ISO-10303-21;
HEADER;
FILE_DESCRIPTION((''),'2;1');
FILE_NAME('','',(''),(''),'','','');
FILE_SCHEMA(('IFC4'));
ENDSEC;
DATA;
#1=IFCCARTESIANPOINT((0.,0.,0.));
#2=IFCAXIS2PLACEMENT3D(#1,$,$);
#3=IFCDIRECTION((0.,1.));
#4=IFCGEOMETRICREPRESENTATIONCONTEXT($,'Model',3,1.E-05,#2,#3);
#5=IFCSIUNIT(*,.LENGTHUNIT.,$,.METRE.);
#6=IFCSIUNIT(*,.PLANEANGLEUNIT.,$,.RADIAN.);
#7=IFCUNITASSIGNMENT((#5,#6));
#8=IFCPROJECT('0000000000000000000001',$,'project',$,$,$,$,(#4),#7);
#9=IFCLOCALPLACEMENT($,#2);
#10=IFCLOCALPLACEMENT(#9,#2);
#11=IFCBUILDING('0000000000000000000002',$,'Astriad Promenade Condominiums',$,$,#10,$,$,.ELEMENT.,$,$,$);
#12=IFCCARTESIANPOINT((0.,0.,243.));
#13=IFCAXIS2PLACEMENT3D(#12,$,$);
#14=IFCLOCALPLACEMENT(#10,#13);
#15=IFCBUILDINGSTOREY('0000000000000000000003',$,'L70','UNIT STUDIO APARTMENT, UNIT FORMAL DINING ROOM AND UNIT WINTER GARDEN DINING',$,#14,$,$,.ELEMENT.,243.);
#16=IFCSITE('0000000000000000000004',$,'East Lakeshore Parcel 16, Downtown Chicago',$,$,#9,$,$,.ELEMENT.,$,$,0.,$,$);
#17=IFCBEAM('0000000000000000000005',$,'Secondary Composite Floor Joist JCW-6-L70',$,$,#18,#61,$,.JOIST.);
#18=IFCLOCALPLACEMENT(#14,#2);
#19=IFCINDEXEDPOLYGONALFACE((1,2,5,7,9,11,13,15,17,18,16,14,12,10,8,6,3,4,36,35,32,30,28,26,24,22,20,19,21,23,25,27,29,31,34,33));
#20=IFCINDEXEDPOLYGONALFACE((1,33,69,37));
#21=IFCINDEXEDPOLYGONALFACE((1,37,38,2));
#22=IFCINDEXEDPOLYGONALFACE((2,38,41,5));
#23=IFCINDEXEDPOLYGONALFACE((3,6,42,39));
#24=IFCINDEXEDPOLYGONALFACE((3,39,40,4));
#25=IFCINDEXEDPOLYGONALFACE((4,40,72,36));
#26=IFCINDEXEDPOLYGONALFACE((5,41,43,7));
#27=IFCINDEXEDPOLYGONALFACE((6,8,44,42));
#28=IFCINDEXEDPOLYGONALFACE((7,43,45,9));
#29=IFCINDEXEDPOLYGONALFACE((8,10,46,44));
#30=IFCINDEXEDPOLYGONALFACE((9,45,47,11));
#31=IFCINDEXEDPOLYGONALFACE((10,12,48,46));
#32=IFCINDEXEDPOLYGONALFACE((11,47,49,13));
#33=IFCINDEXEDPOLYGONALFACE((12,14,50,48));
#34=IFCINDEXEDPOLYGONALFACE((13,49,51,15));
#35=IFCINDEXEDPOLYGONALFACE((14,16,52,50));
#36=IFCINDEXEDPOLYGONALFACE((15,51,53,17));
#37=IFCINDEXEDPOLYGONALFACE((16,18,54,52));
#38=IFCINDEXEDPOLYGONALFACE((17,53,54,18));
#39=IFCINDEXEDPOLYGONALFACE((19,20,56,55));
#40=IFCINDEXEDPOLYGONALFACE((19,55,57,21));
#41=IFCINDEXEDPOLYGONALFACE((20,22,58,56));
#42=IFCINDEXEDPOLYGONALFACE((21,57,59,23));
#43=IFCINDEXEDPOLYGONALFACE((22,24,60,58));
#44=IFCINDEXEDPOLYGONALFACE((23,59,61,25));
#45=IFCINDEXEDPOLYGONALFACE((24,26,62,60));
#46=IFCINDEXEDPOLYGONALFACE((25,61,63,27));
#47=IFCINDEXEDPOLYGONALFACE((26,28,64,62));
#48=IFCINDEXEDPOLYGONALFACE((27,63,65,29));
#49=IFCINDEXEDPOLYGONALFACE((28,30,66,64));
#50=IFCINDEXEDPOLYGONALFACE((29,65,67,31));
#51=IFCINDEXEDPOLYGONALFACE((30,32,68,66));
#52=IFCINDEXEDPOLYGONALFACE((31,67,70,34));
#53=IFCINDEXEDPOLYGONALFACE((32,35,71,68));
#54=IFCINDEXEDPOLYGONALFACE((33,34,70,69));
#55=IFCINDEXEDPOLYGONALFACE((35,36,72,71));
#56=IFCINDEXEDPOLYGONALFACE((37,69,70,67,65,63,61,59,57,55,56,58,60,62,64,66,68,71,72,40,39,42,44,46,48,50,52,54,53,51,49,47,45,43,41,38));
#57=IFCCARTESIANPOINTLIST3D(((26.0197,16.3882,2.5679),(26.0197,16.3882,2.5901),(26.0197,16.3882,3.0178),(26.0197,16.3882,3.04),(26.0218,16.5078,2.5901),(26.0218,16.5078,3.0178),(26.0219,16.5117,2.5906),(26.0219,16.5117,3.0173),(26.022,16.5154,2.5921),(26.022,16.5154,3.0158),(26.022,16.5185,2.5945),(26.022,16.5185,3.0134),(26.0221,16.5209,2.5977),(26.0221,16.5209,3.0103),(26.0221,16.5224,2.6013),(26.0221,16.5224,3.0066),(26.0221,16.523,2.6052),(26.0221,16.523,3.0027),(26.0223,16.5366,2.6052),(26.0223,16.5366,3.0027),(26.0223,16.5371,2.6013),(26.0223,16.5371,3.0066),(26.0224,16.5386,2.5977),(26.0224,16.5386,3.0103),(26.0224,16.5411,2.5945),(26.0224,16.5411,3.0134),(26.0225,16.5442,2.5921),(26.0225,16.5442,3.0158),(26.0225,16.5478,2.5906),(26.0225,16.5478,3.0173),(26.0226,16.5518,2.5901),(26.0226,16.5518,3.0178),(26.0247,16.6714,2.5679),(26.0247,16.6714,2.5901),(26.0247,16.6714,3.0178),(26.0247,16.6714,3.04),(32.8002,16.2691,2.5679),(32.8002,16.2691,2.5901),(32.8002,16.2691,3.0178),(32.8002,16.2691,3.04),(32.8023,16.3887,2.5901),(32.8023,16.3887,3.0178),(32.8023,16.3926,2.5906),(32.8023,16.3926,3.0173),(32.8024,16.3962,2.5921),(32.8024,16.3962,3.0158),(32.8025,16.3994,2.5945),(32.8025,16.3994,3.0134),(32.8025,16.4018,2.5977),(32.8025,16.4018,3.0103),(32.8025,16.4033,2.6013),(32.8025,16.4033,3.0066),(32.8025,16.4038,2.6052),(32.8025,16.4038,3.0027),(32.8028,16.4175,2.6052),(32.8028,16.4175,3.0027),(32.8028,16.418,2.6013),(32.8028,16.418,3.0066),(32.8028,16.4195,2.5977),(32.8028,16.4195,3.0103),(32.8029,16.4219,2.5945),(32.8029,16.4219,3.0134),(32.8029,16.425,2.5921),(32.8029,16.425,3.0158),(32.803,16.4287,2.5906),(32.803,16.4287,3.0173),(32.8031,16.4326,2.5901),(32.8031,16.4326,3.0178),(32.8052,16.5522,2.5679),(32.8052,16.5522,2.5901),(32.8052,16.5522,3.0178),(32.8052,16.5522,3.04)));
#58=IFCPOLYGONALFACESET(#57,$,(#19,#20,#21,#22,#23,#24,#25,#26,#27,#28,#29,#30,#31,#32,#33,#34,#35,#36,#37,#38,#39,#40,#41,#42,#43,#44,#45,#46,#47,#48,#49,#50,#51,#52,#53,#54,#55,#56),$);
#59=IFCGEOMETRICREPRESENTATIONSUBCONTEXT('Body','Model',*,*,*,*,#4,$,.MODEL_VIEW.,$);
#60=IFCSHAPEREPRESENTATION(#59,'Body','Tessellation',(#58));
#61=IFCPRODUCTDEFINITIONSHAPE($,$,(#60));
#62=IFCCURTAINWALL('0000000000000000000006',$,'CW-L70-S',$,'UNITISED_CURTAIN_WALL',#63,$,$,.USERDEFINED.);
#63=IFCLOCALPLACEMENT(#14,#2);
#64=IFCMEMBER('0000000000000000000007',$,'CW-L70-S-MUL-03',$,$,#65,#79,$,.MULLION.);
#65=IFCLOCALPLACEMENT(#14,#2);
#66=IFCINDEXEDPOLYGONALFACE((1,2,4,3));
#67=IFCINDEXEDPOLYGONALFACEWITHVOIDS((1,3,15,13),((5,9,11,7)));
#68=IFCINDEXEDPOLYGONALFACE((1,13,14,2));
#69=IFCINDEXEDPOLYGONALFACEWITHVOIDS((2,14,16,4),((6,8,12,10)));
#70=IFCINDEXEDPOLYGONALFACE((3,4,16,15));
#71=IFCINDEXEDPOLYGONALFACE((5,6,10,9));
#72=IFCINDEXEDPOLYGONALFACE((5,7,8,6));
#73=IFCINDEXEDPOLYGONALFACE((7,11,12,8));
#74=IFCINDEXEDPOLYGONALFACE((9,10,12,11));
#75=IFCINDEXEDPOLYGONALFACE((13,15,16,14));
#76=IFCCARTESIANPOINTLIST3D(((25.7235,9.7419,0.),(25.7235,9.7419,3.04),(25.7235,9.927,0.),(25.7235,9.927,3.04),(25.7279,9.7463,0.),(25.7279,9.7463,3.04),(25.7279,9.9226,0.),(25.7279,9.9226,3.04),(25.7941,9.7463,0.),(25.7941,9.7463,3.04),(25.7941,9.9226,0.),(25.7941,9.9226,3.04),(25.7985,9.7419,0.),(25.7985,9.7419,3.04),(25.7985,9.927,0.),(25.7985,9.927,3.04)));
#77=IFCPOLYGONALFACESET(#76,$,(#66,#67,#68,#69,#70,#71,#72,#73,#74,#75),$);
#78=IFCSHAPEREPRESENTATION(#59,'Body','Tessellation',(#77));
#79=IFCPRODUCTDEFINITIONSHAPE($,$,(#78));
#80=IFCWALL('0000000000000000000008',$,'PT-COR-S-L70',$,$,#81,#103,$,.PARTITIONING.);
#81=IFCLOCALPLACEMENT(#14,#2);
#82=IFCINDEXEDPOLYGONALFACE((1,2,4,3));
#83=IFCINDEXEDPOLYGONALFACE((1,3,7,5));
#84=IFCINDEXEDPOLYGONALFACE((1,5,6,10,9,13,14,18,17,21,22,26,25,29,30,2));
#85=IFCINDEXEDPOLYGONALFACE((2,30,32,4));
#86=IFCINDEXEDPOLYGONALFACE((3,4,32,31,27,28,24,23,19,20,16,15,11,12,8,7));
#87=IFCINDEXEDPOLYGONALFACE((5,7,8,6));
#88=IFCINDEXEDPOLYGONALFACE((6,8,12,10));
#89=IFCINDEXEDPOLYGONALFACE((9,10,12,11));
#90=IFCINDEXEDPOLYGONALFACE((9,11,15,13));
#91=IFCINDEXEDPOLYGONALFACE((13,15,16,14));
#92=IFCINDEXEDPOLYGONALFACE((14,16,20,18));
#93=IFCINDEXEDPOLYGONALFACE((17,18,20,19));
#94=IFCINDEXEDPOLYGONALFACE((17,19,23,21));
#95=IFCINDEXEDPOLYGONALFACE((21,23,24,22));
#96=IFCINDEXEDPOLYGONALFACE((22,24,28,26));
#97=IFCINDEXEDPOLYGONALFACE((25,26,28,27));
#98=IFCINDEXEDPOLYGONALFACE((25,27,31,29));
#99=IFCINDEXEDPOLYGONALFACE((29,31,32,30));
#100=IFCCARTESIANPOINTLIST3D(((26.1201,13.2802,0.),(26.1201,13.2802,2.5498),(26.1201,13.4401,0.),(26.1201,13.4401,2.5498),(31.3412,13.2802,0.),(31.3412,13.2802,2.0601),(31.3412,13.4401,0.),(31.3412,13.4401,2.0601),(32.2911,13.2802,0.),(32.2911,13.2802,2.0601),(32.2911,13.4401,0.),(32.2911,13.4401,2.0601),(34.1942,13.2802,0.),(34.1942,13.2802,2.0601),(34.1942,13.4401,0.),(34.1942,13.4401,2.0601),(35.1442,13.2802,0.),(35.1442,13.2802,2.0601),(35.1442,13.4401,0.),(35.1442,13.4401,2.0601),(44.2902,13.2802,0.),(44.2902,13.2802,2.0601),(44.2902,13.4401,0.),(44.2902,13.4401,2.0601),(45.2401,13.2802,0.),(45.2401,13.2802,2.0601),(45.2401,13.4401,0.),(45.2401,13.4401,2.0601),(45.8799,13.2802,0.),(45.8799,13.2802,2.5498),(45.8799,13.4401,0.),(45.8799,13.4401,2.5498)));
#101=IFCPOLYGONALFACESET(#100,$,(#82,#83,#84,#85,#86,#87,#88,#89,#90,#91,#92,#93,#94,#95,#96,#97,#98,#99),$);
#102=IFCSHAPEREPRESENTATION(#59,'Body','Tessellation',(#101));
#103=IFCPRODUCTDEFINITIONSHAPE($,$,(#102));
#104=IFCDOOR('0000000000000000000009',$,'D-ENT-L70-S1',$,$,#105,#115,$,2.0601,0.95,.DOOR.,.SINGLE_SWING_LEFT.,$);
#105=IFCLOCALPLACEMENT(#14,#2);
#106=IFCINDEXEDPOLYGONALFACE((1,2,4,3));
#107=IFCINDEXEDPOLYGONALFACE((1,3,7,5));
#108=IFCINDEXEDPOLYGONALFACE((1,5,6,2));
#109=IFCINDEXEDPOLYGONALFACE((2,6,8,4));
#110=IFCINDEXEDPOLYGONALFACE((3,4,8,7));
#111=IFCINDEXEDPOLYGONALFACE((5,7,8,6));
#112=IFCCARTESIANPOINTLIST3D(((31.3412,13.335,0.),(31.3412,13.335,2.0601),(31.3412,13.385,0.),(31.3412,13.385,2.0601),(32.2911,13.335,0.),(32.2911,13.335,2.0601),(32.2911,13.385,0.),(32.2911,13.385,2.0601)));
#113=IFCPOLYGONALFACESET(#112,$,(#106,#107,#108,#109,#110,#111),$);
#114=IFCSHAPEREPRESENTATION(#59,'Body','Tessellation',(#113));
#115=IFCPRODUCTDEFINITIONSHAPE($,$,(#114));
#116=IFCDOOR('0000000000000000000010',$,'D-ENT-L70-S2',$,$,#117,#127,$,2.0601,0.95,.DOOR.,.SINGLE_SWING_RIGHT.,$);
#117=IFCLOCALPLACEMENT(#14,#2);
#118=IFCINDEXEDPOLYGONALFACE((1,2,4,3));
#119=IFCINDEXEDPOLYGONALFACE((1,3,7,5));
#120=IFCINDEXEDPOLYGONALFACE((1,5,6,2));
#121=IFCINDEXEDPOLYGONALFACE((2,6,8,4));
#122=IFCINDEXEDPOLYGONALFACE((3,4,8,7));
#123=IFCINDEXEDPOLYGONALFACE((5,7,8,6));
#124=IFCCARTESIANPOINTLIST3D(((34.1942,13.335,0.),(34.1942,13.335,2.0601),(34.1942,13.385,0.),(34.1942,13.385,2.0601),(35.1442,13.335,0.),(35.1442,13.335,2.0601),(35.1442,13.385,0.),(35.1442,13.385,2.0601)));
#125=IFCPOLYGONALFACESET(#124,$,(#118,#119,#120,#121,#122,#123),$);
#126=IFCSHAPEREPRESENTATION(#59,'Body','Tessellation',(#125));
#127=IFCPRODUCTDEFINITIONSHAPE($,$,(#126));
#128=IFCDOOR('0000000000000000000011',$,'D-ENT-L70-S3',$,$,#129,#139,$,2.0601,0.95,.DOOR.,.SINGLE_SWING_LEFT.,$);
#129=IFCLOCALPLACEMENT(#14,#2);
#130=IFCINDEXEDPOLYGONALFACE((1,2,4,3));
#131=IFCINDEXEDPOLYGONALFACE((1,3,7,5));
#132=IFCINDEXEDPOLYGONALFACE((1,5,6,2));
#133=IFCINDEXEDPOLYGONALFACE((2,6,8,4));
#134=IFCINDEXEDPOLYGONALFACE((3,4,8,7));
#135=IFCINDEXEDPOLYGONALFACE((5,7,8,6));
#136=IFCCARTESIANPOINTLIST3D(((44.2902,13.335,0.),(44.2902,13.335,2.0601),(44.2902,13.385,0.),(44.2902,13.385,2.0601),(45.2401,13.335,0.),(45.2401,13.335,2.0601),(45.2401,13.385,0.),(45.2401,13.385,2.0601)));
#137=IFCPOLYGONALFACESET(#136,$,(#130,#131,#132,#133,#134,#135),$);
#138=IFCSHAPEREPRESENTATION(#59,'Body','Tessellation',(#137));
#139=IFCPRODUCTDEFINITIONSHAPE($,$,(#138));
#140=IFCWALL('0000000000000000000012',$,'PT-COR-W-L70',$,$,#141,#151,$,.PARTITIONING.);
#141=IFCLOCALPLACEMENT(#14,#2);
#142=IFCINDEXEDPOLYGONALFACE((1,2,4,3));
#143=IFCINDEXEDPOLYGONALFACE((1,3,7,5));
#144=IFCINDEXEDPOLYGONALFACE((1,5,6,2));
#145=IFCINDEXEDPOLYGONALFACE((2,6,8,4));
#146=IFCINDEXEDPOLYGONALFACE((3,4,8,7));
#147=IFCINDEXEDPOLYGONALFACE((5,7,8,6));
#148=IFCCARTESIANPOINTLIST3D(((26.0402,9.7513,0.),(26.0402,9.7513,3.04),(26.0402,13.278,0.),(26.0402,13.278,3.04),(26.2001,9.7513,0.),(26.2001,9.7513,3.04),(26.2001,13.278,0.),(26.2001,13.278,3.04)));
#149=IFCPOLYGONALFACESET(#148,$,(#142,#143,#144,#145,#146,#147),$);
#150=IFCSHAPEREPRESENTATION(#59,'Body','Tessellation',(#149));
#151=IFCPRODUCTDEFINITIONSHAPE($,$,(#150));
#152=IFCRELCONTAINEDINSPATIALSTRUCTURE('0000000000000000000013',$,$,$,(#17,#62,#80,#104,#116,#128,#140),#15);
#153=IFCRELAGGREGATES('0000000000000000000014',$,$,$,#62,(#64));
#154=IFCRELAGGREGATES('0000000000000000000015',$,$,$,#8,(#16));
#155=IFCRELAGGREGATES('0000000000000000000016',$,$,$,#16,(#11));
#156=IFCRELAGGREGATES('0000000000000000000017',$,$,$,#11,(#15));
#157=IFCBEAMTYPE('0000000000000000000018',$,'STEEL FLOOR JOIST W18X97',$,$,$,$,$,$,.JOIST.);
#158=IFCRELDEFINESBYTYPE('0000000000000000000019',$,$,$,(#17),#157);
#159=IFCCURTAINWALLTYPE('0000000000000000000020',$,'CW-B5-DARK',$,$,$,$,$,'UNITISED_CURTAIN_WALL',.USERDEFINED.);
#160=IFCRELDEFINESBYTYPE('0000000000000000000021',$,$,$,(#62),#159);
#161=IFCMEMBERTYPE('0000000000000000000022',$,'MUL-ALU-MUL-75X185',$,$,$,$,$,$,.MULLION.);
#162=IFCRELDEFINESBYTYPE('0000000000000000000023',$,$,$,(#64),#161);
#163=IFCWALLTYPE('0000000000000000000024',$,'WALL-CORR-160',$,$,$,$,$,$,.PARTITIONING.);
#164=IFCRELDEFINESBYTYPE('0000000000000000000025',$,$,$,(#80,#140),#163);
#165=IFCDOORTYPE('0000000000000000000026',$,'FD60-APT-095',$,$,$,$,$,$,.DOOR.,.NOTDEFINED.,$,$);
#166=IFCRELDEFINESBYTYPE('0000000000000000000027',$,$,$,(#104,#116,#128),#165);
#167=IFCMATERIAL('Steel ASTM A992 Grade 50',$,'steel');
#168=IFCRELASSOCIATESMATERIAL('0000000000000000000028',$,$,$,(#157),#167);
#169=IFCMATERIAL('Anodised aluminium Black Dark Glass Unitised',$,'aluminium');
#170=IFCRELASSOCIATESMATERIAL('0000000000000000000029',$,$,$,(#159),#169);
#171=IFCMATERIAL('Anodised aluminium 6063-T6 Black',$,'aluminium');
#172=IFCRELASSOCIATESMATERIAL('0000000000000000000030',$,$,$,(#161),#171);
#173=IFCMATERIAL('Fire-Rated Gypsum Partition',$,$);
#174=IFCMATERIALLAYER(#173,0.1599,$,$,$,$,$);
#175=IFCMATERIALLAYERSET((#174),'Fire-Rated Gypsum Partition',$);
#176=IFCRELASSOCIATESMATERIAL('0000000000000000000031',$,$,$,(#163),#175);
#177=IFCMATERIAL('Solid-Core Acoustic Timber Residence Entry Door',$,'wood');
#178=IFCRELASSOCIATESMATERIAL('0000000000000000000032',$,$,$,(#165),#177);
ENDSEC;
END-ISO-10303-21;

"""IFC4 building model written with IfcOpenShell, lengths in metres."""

from ifc_helpers import new_model, si_unit, direction, frame, frame_2d, origin, origin_2d, place, context, subcontext, project, spatial, rectangle, hollow_rectangle, i_section, extrude, source, transform, mapped, material, layer, layer_set, material_profile, profile_set, type_object, type_shapes, element, fill, aggregate, save


model = new_model("IFC4")

# Units and contexts
model_context = context("Model", 3, precision=1e-05, world=origin(), true_north=direction((0.0, 1.0)))
body_context = subcontext(model_context, "Body", "Model", "MODEL_VIEW")
ifc_project = project(units=[si_unit("LENGTHUNIT", "METRE"), si_unit("PLANEANGLEUNIT", "RADIAN")], contexts=[model_context])

# Site, building, storey
site_placement = place(None, origin())
site = spatial("IfcSite", under=ifc_project, at=site_placement, Name="East Lakeshore Parcel 16, Downtown Chicago", CompositionType="ELEMENT", RefElevation=0.0)
building_placement = place(site_placement, origin())
building = spatial("IfcBuilding", under=site, at=building_placement, Name="Astriad Promenade Condominiums", CompositionType="ELEMENT")
storey_placement = place(building_placement, frame((0.0, 0.0, 243.0)))
storey = spatial("IfcBuildingStorey", under=building, at=storey_placement, Name="L70", Description="UNIT STUDIO APARTMENT, UNIT FORMAL DINING ROOM AND UNIT WINTER GARDEN DINING", CompositionType="ELEMENT", Elevation=243.0)

# Beam
ifc_material_1 = material(Name="Steel ASTM A992 Grade 50", Category="steel")
ifc_material_profile_1 = material_profile(ifc_material_1, i_section(OverallWidth=0.2832, OverallDepth=0.4722, WebThickness=0.0137, FlangeThickness=0.0222, FilletRadius=0.0151, at=origin_2d()), Name="W18X97")
ifc_profile_set_1 = profile_set([ifc_material_profile_1], Name="Steel ASTM A992 Grade 50")
beam_type_1 = type_object("IfcBeamType", Name="STEEL FLOOR JOIST W18X97", PredefinedType="JOIST", material=ifc_profile_set_1)
shared_shape_1 = source(origin(), body_context, "Body", "SweptSolid", [
    extrude(i_section(OverallWidth=0.2832, OverallDepth=0.4722, WebThickness=0.0137, FlangeThickness=0.0222, FilletRadius=0.0151, at=origin_2d()), origin(), (0.0, 0.0, 1.0), 6.7815),
])
beam_1_placement = place(storey_placement, frame((26.0222, 16.5298, 2.804), z_axis=(0.999846, -0.017568, 0.0), x_axis=(0.017568, 0.999846, 0.0)))
element("IfcBeam", 1, at=beam_1_placement, inside=storey, type_object=beam_type_1, Name="Secondary Composite Floor Joist JCW-6-L70", PredefinedType="JOIST", context=body_context, shape_type="MappedRepresentation", body=[
    mapped(shared_shape_1, transform((0.0, 0.0, 0.0), scale=1.0)),
])

# Curtain wall, member
ifc_material_2 = material(Name="Anodised aluminium Black Dark Glass Unitised", Category="aluminium")
curtain_wall_type = type_object("IfcCurtainWallType", Name="CW-B5-DARK", ElementType="UNITISED_CURTAIN_WALL", PredefinedType="USERDEFINED", material=ifc_material_2)
curtain_wall_placement = place(storey_placement, origin())
curtain_wall = element("IfcCurtainWall", 2, at=curtain_wall_placement, inside=storey, type_object=curtain_wall_type, Name="CW-L70-S", ObjectType="UNITISED_CURTAIN_WALL", PredefinedType="USERDEFINED")
ifc_material_3 = material(Name="Anodised aluminium 6063-T6 Black", Category="aluminium")
ifc_material_profile_2 = material_profile(ifc_material_3, hollow_rectangle(XDim=0.075, YDim=0.1851, WallThickness=0.0044, at=origin_2d()), Name="ALU-MUL-75X185")
ifc_profile_set_2 = profile_set([ifc_material_profile_2], Name="Anodised aluminium 6063-T6 Black")
member_type = type_object("IfcMemberType", Name="MUL-ALU-MUL-75X185", PredefinedType="MULLION", material=ifc_profile_set_2)
shared_shape_2 = source(origin(), body_context, "Body", "SweptSolid", [
    extrude(hollow_rectangle(XDim=0.075, YDim=0.1851, WallThickness=0.0044, at=origin_2d()), origin(), (0.0, 0.0, 1.0), 3.04),
])
type_shapes(member_type, [shared_shape_2])
member_placement = place(storey_placement, frame((25.761, 9.8345, 0.0), z_axis=(0.0, 0.0, 1.0), x_axis=(1.0, 0.0, 0.0)))
member = element("IfcMember", 3, at=member_placement, type_object=member_type, Name="CW-L70-S-MUL-03", PredefinedType="MULLION", context=body_context, shape_type="MappedRepresentation", body=[
    mapped(shared_shape_2, transform((0.0, 0.0, 0.0), scale=1.0)),
])
aggregate(curtain_wall, [member])

# Wall, openings, doors
ifc_material_4 = material(Name="Fire-Rated Gypsum Partition")
ifc_layer_1 = layer(ifc_material_4, 0.1599)
ifc_layer_set_1 = layer_set([ifc_layer_1], Name="Fire-Rated Gypsum Partition")
wall_type_1 = type_object("IfcWallType", Name="WALL-CORR-160", PredefinedType="PARTITIONING", material=ifc_layer_set_1)
wall_1_placement = place(storey_placement, frame((26.1201, 13.3601, 0.0), z_axis=(0.0, 0.0, 1.0), x_axis=(1.0, 0.0, 0.0)))
wall_1 = element("IfcWall", 4, at=wall_1_placement, inside=storey, type_object=wall_type_1, Name="PT-COR-S-L70", PredefinedType="PARTITIONING", context=body_context, shape_type="SweptSolid", body=[
    extrude(rectangle(XDim=19.7598, YDim=0.1599, at=frame_2d((9.8799, 0.0))), origin(), (0.0, 0.0, 1.0), 2.5498),
])
opening_1_placement = place(wall_1_placement, frame((5.2209, 0.0, 0.0)))
opening_1 = element("IfcOpeningElement", 5, at=opening_1_placement, cuts=wall_1, PredefinedType="OPENING", context=body_context, shape_type="SweptSolid", body=[
    extrude(rectangle(XDim=0.95, YDim=2.0601, at=frame_2d((0.4751, 1.03))), frame((0.0, 0.0898, 0.0), z_axis=(0.0, -1.0, 0.0), x_axis=(1.0, 0.0, 0.0)), (0.0, 0.0, 1.0), 0.1799),
])
opening_2_placement = place(wall_1_placement, frame((8.074, 0.0, 0.0)))
opening_2 = element("IfcOpeningElement", 6, at=opening_2_placement, cuts=wall_1, PredefinedType="OPENING", context=body_context, shape_type="SweptSolid", body=[
    extrude(rectangle(XDim=0.95, YDim=2.0601, at=frame_2d((0.4751, 1.03))), frame((0.0, 0.0898, 0.0), z_axis=(0.0, -1.0, 0.0), x_axis=(1.0, 0.0, 0.0)), (0.0, 0.0, 1.0), 0.1799),
])
opening_3_placement = place(wall_1_placement, frame((18.1699, 0.0, 0.0)))
opening_3 = element("IfcOpeningElement", 7, at=opening_3_placement, cuts=wall_1, PredefinedType="OPENING", context=body_context, shape_type="SweptSolid", body=[
    extrude(rectangle(XDim=0.95, YDim=2.0601, at=frame_2d((0.4751, 1.03))), frame((0.0, 0.0898, 0.0), z_axis=(0.0, -1.0, 0.0), x_axis=(1.0, 0.0, 0.0)), (0.0, 0.0, 1.0), 0.1799),
])
ifc_material_5 = material(Name="Solid-Core Acoustic Timber Residence Entry Door", Category="wood")
door_type_1 = type_object("IfcDoorType", Name="FD60-APT-095", OperationType="NOTDEFINED", PredefinedType="DOOR", material=ifc_material_5)
shared_shape_3 = source(origin(), body_context, "Body", "SweptSolid", [
    extrude(rectangle(XDim=0.95, YDim=2.0601, at=frame_2d((0.4751, 1.03))), frame((0.0, 0.0249, 0.0), z_axis=(0.0, -1.0, 0.0), x_axis=(1.0, 0.0, 0.0)), (0.0, 0.0, 1.0), 0.05),
])
type_shapes(door_type_1, [shared_shape_3])
door_1_placement = place(opening_1_placement, origin())
door_1 = element("IfcDoor", 8, at=door_1_placement, inside=storey, type_object=door_type_1, Name="D-ENT-L70-S1", OperationType="SINGLE_SWING_LEFT", OverallHeight=2.0601, OverallWidth=0.95, PredefinedType="DOOR", context=body_context, shape_type="MappedRepresentation", body=[
    mapped(shared_shape_3, transform((0.0, 0.0, 0.0), scale=1.0)),
])
fill(opening_1, door_1)
door_2_placement = place(opening_2_placement, origin())
door_2 = element("IfcDoor", 9, at=door_2_placement, inside=storey, type_object=door_type_1, Name="D-ENT-L70-S2", OperationType="SINGLE_SWING_RIGHT", OverallHeight=2.0601, OverallWidth=0.95, PredefinedType="DOOR", context=body_context, shape_type="MappedRepresentation", body=[
    mapped(shared_shape_3, transform((0.0, 0.0, 0.0), scale=1.0)),
])
fill(opening_2, door_2)
door_3_placement = place(opening_3_placement, origin())
door_3 = element("IfcDoor", 10, at=door_3_placement, inside=storey, type_object=door_type_1, Name="D-ENT-L70-S3", OperationType="SINGLE_SWING_LEFT", OverallHeight=2.0601, OverallWidth=0.95, PredefinedType="DOOR", context=body_context, shape_type="MappedRepresentation", body=[
    mapped(shared_shape_3, transform((0.0, 0.0, 0.0), scale=1.0)),
])
fill(opening_3, door_3)

# Wall
wall_2_placement = place(storey_placement, frame((26.1201, 9.7515, 0.0), z_axis=(0.0, 0.0, 1.0), x_axis=(0.0, 1.0, 0.0)))
element("IfcWall", 11, at=wall_2_placement, inside=storey, type_object=wall_type_1, Name="PT-COR-W-L70", PredefinedType="PARTITIONING", context=body_context, shape_type="SweptSolid", body=[
    extrude(rectangle(XDim=3.5266, YDim=0.1599, at=frame_2d((1.7632, 0.0))), origin(), (0.0, 0.0, 1.0), 3.04),
])

save(model, "model.ifc")
